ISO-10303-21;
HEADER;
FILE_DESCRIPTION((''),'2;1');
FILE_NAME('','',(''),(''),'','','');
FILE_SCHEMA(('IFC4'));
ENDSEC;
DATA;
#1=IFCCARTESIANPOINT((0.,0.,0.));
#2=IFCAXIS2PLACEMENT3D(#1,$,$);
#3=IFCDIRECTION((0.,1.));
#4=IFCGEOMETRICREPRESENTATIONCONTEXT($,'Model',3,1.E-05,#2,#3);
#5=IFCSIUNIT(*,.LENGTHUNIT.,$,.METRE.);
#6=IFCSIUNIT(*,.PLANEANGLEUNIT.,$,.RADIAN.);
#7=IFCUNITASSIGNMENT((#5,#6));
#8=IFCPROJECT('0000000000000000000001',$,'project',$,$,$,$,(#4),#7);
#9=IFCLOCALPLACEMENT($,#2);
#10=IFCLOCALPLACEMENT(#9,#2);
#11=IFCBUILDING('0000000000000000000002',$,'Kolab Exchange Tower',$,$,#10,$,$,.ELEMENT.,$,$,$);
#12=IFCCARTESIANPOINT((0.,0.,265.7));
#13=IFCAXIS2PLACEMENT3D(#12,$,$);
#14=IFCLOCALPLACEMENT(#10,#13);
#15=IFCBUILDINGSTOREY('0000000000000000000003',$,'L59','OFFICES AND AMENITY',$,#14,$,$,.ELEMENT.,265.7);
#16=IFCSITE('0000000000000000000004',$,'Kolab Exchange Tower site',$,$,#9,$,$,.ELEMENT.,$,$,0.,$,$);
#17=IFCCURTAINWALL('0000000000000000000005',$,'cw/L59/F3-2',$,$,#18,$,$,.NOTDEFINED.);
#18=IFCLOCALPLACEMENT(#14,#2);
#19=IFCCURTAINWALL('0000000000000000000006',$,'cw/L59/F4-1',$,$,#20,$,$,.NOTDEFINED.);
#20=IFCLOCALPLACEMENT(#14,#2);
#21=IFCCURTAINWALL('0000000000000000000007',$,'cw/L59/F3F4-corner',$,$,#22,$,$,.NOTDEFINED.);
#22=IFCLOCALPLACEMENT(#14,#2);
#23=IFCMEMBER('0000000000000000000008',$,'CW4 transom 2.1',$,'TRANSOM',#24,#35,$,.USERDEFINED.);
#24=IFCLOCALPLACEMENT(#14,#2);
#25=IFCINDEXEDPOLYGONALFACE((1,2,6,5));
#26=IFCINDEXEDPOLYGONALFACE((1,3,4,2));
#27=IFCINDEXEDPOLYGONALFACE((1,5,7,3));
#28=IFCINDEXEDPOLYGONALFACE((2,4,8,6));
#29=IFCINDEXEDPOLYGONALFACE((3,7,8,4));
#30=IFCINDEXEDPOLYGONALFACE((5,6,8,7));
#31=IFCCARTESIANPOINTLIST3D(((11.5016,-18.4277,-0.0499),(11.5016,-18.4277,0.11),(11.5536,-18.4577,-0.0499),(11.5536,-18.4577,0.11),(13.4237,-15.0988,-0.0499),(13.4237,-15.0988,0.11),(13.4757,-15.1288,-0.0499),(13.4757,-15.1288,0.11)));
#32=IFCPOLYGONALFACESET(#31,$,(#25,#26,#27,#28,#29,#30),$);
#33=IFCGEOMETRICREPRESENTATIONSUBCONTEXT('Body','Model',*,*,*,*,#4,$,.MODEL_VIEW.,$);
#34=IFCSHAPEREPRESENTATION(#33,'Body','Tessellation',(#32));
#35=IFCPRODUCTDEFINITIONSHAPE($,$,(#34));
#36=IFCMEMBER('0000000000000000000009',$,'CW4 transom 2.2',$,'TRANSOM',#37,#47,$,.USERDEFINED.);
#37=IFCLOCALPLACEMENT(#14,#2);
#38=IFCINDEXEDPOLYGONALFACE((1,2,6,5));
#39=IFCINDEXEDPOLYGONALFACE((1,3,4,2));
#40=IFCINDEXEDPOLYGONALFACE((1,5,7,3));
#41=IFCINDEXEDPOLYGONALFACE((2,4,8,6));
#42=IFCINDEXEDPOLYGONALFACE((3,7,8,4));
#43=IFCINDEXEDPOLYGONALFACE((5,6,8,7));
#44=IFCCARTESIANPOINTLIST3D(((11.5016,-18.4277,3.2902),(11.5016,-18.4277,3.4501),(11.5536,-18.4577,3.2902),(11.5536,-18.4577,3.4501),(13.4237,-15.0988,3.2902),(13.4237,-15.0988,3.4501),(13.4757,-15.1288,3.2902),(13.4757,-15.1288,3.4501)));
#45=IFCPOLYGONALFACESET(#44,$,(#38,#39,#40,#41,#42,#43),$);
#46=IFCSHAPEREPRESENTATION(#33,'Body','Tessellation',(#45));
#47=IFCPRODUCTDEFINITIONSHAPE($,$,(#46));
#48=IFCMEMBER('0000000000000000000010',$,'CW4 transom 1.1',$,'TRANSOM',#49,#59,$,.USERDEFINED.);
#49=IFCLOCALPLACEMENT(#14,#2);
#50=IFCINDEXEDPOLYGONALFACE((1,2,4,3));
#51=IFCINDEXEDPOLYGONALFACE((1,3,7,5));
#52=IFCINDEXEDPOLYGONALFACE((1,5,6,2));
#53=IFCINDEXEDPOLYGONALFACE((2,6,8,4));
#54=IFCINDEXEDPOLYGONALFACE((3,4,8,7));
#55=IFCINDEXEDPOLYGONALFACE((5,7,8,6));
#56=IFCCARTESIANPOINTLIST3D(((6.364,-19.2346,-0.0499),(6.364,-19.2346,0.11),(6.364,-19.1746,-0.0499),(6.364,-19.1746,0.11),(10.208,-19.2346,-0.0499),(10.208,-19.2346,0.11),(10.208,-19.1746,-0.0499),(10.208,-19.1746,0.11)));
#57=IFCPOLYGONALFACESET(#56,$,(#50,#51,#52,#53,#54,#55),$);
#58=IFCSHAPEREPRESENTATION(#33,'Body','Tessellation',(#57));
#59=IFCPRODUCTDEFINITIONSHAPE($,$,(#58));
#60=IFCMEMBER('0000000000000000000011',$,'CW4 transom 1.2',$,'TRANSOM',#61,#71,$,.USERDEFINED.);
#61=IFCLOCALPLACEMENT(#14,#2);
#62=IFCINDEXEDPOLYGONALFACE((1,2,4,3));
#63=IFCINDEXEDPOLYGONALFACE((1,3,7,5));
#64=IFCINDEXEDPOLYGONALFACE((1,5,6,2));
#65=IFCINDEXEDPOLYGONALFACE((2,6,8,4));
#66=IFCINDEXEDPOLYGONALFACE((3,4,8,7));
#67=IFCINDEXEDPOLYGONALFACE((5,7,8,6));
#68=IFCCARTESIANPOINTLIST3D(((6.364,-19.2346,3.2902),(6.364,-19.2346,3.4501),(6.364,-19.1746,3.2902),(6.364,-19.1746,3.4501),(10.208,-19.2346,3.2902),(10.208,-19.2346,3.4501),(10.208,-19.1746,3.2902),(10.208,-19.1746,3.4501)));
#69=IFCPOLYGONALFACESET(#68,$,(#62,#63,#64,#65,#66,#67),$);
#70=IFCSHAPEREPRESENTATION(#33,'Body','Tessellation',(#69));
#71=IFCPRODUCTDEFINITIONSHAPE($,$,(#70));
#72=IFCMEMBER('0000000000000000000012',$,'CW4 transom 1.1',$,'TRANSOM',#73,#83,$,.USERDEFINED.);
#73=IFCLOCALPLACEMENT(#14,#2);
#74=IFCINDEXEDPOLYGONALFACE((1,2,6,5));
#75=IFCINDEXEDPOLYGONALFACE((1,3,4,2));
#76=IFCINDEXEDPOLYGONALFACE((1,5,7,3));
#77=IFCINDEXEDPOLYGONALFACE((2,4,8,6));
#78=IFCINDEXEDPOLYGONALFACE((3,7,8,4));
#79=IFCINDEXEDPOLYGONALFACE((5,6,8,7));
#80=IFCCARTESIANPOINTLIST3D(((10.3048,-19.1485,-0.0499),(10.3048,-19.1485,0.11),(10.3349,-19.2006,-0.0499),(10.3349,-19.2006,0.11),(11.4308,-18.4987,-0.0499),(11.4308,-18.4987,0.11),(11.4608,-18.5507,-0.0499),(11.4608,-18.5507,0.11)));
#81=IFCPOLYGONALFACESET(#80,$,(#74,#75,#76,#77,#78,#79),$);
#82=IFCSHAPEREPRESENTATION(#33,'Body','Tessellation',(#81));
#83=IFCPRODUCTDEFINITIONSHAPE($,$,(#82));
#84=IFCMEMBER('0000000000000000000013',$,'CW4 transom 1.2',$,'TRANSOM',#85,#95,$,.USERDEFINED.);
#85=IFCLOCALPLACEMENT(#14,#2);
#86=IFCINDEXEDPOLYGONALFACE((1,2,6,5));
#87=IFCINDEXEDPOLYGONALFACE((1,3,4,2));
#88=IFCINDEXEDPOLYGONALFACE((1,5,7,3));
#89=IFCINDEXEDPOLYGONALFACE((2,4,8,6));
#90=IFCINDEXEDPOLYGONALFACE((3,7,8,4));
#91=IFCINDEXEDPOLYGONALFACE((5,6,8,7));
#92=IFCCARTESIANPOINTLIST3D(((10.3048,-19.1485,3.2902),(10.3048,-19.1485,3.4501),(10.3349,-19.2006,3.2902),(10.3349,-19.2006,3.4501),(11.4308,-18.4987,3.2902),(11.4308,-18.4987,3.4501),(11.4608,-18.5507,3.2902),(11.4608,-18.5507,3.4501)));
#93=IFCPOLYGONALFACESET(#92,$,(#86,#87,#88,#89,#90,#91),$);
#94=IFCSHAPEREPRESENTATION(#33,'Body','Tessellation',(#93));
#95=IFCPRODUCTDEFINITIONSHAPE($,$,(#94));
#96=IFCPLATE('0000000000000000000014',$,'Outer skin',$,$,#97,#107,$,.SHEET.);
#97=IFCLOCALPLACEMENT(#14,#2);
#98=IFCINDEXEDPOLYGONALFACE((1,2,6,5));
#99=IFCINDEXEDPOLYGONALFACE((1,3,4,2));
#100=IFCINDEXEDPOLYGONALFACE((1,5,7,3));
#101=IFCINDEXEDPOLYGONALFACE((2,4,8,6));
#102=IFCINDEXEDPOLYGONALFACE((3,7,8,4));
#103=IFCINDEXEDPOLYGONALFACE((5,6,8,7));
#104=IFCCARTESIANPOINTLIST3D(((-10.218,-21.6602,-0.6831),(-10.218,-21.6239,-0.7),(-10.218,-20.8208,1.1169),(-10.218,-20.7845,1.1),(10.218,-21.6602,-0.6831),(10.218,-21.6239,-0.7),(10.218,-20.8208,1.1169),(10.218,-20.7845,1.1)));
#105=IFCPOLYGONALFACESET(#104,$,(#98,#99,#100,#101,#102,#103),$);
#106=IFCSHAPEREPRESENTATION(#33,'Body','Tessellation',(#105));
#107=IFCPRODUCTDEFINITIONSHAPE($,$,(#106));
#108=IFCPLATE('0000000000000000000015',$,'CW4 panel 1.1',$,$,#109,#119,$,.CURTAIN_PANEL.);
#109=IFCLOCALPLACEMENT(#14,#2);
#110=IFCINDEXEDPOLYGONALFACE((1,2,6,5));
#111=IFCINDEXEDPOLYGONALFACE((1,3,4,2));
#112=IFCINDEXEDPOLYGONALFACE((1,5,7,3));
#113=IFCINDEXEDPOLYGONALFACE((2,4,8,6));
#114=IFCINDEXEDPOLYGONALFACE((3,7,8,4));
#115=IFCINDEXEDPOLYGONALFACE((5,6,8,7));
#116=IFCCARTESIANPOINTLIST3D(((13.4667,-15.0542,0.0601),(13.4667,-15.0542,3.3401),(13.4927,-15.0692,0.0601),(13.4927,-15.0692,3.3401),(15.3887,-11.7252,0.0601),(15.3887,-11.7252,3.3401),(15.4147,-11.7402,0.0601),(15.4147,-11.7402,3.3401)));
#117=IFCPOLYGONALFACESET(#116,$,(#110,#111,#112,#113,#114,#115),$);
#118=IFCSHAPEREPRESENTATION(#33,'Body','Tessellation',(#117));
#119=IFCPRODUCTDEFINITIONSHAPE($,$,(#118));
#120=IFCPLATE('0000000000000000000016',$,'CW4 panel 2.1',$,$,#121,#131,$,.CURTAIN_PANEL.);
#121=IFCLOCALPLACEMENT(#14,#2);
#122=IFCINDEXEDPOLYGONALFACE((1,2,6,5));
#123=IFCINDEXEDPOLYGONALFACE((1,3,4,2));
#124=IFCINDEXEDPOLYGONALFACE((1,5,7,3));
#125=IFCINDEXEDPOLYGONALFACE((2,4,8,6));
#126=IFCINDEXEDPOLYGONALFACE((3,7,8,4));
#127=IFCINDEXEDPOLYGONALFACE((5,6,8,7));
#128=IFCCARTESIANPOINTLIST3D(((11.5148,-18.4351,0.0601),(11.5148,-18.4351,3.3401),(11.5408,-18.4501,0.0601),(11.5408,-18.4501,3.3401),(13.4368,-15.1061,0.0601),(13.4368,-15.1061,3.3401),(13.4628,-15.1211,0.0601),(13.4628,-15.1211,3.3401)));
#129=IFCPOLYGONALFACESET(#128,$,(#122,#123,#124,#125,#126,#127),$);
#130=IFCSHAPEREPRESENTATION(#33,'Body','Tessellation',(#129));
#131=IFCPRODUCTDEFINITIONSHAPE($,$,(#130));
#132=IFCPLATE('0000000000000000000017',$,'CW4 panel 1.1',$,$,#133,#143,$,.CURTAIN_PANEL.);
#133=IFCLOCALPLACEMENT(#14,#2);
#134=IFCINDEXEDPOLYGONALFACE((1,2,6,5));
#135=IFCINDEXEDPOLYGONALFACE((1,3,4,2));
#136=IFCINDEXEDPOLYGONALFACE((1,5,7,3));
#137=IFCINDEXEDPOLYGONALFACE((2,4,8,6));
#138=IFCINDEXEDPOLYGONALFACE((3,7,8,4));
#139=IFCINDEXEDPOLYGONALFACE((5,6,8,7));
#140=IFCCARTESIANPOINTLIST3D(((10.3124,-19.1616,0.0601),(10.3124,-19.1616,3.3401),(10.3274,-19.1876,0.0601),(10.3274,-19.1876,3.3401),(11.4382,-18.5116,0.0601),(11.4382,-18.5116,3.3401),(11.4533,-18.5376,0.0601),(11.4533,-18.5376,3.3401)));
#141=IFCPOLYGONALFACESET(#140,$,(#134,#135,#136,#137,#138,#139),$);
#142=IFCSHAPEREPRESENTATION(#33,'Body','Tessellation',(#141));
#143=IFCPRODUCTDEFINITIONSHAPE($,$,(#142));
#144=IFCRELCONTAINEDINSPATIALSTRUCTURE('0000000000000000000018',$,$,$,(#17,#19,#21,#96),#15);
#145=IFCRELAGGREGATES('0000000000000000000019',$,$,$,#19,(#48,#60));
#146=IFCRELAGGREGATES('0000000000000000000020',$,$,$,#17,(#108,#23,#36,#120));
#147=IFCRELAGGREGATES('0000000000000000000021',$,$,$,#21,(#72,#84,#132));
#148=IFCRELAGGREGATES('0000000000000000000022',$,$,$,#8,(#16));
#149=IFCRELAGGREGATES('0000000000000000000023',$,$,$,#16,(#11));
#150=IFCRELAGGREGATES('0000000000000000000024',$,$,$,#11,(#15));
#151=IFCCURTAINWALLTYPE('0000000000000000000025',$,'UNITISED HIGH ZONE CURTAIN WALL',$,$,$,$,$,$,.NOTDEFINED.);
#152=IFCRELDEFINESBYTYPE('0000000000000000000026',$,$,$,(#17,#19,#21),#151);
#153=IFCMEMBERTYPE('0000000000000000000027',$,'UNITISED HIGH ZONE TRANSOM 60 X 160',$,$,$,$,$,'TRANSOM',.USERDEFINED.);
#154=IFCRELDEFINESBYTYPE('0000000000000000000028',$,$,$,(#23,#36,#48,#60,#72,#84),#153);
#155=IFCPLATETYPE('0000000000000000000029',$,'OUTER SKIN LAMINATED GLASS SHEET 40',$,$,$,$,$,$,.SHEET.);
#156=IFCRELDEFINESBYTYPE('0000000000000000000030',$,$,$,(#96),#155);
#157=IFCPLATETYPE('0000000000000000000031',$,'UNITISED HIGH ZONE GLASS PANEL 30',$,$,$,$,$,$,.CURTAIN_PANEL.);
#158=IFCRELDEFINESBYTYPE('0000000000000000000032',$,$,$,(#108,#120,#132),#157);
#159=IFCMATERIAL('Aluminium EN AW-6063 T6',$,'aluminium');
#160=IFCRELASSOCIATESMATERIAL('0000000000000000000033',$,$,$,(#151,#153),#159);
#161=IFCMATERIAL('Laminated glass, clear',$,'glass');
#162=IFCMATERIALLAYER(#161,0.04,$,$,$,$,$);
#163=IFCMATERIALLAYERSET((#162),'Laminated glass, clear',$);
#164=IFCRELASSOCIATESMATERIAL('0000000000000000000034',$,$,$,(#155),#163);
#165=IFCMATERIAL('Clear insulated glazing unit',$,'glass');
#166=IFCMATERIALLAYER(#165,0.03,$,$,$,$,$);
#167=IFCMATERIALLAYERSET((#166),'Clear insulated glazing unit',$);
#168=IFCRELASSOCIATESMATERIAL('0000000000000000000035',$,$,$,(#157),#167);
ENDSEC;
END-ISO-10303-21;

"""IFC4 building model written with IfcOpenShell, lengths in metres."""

from ifc_helpers import new_model, si_unit, direction, frame, origin, origin_2d, place, context, subcontext, project, spatial, polyline, rectangle, outline, extrude, material, layer, layer_set, material_profile, profile_set, type_object, element, aggregate, save


model = new_model("IFC4")

# Units and contexts
model_context = context("Model", 3, precision=1e-05, world=origin(), true_north=direction((0.0, 1.0)))
body_context = subcontext(model_context, "Body", "Model", "MODEL_VIEW")
ifc_project = project(units=[si_unit("LENGTHUNIT", "METRE"), si_unit("PLANEANGLEUNIT", "RADIAN")], contexts=[model_context])

# Site, building, storey
site_placement = place(None, origin())
site = spatial("IfcSite", under=ifc_project, at=site_placement, Name="Kolab Exchange Tower site", CompositionType="ELEMENT", RefElevation=0.0)
building_placement = place(site_placement, origin())
building = spatial("IfcBuilding", under=site, at=building_placement, Name="Kolab Exchange Tower", CompositionType="ELEMENT")
storey_placement = place(building_placement, frame((0.0, 0.0, 265.7)))
storey = spatial("IfcBuildingStorey", under=building, at=storey_placement, Name="L59", Description="OFFICES AND AMENITY", CompositionType="ELEMENT", Elevation=265.7)

# Curtain wall
ifc_material_1 = material(Name="Aluminium EN AW-6063 T6", Category="aluminium")
curtain_wall_type = type_object("IfcCurtainWallType", Name="UNITISED HIGH ZONE CURTAIN WALL", PredefinedType="NOTDEFINED", material=ifc_material_1)
curtain_wall_1_placement = place(storey_placement, origin())
curtain_wall_1 = element("IfcCurtainWall", 1, at=curtain_wall_1_placement, inside=storey, type_object=curtain_wall_type, Name="cw/L59/F3-2", PredefinedType="NOTDEFINED")

# Curtain wall
curtain_wall_2_placement = place(storey_placement, origin())
curtain_wall_2 = element("IfcCurtainWall", 2, at=curtain_wall_2_placement, inside=storey, type_object=curtain_wall_type, Name="cw/L59/F4-1", PredefinedType="NOTDEFINED")

# Curtain wall
curtain_wall_3_placement = place(storey_placement, origin())
curtain_wall_3 = element("IfcCurtainWall", 3, at=curtain_wall_3_placement, inside=storey, type_object=curtain_wall_type, Name="cw/L59/F3F4-corner", PredefinedType="NOTDEFINED")

# Members
ifc_material_profile_1 = material_profile(ifc_material_1, rectangle(XDim=0.0601, YDim=0.1599, at=origin_2d()), Name="RECT 60X160")
ifc_profile_set_1 = profile_set([ifc_material_profile_1], Name="Aluminium EN AW-6063 T6")
member_type_1 = type_object("IfcMemberType", Name="UNITISED HIGH ZONE TRANSOM 60 X 160", ElementType="TRANSOM", PredefinedType="USERDEFINED", material=ifc_profile_set_1)
member_1_placement = place(storey_placement, frame((13.4497, -15.1138, 0.03), z_axis=(-0.500039, -0.866003, 0.0), x_axis=(0.866003, -0.500039, 0.0)))
member_1 = element("IfcMember", 4, at=member_1_placement, type_object=member_type_1, Name="CW4 transom 2.1", ObjectType="TRANSOM", PredefinedType="USERDEFINED", context=body_context, shape_type="SweptSolid", body=[
    extrude(rectangle(XDim=0.0601, YDim=0.1599, at=origin_2d()), origin(), (0.0, 0.0, 1.0), 3.844),
])
member_2_placement = place(storey_placement, frame((13.4497, -15.1138, 3.3701), z_axis=(-0.500039, -0.866003, 0.0), x_axis=(0.866003, -0.500039, 0.0)))
member_2 = element("IfcMember", 5, at=member_2_placement, type_object=member_type_1, Name="CW4 transom 2.2", ObjectType="TRANSOM", PredefinedType="USERDEFINED", context=body_context, shape_type="SweptSolid", body=[
    extrude(rectangle(XDim=0.0601, YDim=0.1599, at=origin_2d()), origin(), (0.0, 0.0, 1.0), 3.844),
])
member_3_placement = place(storey_placement, frame((10.208, -19.2046, 0.03), z_axis=(-1.0, 0.0, 0.0), x_axis=(0.0, -1.0, 0.0)))
member_3 = element("IfcMember", 6, at=member_3_placement, type_object=member_type_1, Name="CW4 transom 1.1", ObjectType="TRANSOM", PredefinedType="USERDEFINED", context=body_context, shape_type="SweptSolid", body=[
    extrude(rectangle(XDim=0.0601, YDim=0.1599, at=origin_2d()), origin(), (0.0, 0.0, 1.0), 3.844),
])
member_4_placement = place(storey_placement, frame((10.208, -19.2046, 3.3701), z_axis=(-1.0, 0.0, 0.0), x_axis=(0.0, -1.0, 0.0)))
member_4 = element("IfcMember", 7, at=member_4_placement, type_object=member_type_1, Name="CW4 transom 1.2", ObjectType="TRANSOM", PredefinedType="USERDEFINED", context=body_context, shape_type="SweptSolid", body=[
    extrude(rectangle(XDim=0.0601, YDim=0.1599, at=origin_2d()), origin(), (0.0, 0.0, 1.0), 3.844),
])
aggregate(curtain_wall_2, [member_3, member_4])
member_5_placement = place(storey_placement, frame((11.4458, -18.5247, 0.03), z_axis=(-0.866086, -0.499896, 0.0), x_axis=(0.499896, -0.866086, 0.0)))
member_5 = element("IfcMember", 8, at=member_5_placement, type_object=member_type_1, Name="CW4 transom 1.1", ObjectType="TRANSOM", PredefinedType="USERDEFINED", context=body_context, shape_type="SweptSolid", body=[
    extrude(rectangle(XDim=0.0601, YDim=0.1599, at=origin_2d()), origin(), (0.0, 0.0, 1.0), 1.3),
])
member_6_placement = place(storey_placement, frame((11.4458, -18.5247, 3.3701), z_axis=(-0.866086, -0.499896, 0.0), x_axis=(0.499896, -0.866086, 0.0)))
member_6 = element("IfcMember", 9, at=member_6_placement, type_object=member_type_1, Name="CW4 transom 1.2", ObjectType="TRANSOM", PredefinedType="USERDEFINED", context=body_context, shape_type="SweptSolid", body=[
    extrude(rectangle(XDim=0.0601, YDim=0.1599, at=origin_2d()), origin(), (0.0, 0.0, 1.0), 1.3),
])

# Plates
ifc_material_2 = material(Name="Laminated glass, clear", Category="glass")
ifc_layer_1 = layer(ifc_material_2, 0.04)
ifc_layer_set_1 = layer_set([ifc_layer_1], Name="Laminated glass, clear")
plate_type_1 = type_object("IfcPlateType", Name="OUTER SKIN LAMINATED GLASS SHEET 40", PredefinedType="SHEET", material=ifc_layer_set_1)
plate_1_placement = place(storey_placement, frame((10.218, -21.6602, -0.6831), z_axis=(0.0, -0.906312, 0.42261), x_axis=(-1.0, 0.0, 0.0)))
element("IfcPlate", 10, at=plate_1_placement, inside=storey, type_object=plate_type_1, Name="Outer skin", PredefinedType="SHEET", context=body_context, shape_type="SweptSolid", body=[
    extrude(outline(polyline([(0.0, 0.0), (20.436, 0.0), (20.436, -1.9861), (0.0, -1.9861), (0.0, 0.0)])), origin(), (0.0, 0.0, -1.0), 0.04),
])
ifc_material_3 = material(Name="Clear insulated glazing unit", Category="glass")
ifc_layer_2 = layer(ifc_material_3, 0.03)
ifc_layer_set_2 = layer_set([ifc_layer_2], Name="Clear insulated glazing unit")
plate_type_2 = type_object("IfcPlateType", Name="UNITISED HIGH ZONE GLASS PANEL 30", PredefinedType="CURTAIN_PANEL", material=ifc_layer_set_2)
plate_2_placement = place(storey_placement, frame((14.4407, -13.3972, 0.0601), z_axis=(0.0, 0.0, 1.0), x_axis=(-0.5, -0.866025, 0.0)))
plate_2 = element("IfcPlate", 11, at=plate_2_placement, type_object=plate_type_2, Name="CW4 panel 1.1", PredefinedType="CURTAIN_PANEL", context=body_context, shape_type="SweptSolid", body=[
    extrude(rectangle(XDim=3.844, YDim=0.03, at=origin_2d()), origin(), (0.0, 0.0, 1.0), 3.28),
])
plate_3_placement = place(storey_placement, frame((12.4888, -16.7781, 0.0601), z_axis=(0.0, 0.0, 1.0), x_axis=(-0.5, -0.866025, 0.0)))
plate_3 = element("IfcPlate", 12, at=plate_3_placement, type_object=plate_type_2, Name="CW4 panel 2.1", PredefinedType="CURTAIN_PANEL", context=body_context, shape_type="SweptSolid", body=[
    extrude(rectangle(XDim=3.844, YDim=0.03, at=origin_2d()), origin(), (0.0, 0.0, 1.0), 3.28),
])
aggregate(curtain_wall_1, [plate_2, member_1, member_2, plate_3])
plate_4_placement = place(storey_placement, frame((10.8828, -18.8496, 0.0601), z_axis=(0.0, 0.0, 1.0), x_axis=(-0.866025, -0.5, 0.0)))
plate_4 = element("IfcPlate", 13, at=plate_4_placement, type_object=plate_type_2, Name="CW4 panel 1.1", PredefinedType="CURTAIN_PANEL", context=body_context, shape_type="SweptSolid", body=[
    extrude(rectangle(XDim=1.3, YDim=0.03, at=origin_2d()), origin(), (0.0, 0.0, 1.0), 3.28),
])
aggregate(curtain_wall_3, [member_5, member_6, plate_4])

save(model, "model.ifc")
